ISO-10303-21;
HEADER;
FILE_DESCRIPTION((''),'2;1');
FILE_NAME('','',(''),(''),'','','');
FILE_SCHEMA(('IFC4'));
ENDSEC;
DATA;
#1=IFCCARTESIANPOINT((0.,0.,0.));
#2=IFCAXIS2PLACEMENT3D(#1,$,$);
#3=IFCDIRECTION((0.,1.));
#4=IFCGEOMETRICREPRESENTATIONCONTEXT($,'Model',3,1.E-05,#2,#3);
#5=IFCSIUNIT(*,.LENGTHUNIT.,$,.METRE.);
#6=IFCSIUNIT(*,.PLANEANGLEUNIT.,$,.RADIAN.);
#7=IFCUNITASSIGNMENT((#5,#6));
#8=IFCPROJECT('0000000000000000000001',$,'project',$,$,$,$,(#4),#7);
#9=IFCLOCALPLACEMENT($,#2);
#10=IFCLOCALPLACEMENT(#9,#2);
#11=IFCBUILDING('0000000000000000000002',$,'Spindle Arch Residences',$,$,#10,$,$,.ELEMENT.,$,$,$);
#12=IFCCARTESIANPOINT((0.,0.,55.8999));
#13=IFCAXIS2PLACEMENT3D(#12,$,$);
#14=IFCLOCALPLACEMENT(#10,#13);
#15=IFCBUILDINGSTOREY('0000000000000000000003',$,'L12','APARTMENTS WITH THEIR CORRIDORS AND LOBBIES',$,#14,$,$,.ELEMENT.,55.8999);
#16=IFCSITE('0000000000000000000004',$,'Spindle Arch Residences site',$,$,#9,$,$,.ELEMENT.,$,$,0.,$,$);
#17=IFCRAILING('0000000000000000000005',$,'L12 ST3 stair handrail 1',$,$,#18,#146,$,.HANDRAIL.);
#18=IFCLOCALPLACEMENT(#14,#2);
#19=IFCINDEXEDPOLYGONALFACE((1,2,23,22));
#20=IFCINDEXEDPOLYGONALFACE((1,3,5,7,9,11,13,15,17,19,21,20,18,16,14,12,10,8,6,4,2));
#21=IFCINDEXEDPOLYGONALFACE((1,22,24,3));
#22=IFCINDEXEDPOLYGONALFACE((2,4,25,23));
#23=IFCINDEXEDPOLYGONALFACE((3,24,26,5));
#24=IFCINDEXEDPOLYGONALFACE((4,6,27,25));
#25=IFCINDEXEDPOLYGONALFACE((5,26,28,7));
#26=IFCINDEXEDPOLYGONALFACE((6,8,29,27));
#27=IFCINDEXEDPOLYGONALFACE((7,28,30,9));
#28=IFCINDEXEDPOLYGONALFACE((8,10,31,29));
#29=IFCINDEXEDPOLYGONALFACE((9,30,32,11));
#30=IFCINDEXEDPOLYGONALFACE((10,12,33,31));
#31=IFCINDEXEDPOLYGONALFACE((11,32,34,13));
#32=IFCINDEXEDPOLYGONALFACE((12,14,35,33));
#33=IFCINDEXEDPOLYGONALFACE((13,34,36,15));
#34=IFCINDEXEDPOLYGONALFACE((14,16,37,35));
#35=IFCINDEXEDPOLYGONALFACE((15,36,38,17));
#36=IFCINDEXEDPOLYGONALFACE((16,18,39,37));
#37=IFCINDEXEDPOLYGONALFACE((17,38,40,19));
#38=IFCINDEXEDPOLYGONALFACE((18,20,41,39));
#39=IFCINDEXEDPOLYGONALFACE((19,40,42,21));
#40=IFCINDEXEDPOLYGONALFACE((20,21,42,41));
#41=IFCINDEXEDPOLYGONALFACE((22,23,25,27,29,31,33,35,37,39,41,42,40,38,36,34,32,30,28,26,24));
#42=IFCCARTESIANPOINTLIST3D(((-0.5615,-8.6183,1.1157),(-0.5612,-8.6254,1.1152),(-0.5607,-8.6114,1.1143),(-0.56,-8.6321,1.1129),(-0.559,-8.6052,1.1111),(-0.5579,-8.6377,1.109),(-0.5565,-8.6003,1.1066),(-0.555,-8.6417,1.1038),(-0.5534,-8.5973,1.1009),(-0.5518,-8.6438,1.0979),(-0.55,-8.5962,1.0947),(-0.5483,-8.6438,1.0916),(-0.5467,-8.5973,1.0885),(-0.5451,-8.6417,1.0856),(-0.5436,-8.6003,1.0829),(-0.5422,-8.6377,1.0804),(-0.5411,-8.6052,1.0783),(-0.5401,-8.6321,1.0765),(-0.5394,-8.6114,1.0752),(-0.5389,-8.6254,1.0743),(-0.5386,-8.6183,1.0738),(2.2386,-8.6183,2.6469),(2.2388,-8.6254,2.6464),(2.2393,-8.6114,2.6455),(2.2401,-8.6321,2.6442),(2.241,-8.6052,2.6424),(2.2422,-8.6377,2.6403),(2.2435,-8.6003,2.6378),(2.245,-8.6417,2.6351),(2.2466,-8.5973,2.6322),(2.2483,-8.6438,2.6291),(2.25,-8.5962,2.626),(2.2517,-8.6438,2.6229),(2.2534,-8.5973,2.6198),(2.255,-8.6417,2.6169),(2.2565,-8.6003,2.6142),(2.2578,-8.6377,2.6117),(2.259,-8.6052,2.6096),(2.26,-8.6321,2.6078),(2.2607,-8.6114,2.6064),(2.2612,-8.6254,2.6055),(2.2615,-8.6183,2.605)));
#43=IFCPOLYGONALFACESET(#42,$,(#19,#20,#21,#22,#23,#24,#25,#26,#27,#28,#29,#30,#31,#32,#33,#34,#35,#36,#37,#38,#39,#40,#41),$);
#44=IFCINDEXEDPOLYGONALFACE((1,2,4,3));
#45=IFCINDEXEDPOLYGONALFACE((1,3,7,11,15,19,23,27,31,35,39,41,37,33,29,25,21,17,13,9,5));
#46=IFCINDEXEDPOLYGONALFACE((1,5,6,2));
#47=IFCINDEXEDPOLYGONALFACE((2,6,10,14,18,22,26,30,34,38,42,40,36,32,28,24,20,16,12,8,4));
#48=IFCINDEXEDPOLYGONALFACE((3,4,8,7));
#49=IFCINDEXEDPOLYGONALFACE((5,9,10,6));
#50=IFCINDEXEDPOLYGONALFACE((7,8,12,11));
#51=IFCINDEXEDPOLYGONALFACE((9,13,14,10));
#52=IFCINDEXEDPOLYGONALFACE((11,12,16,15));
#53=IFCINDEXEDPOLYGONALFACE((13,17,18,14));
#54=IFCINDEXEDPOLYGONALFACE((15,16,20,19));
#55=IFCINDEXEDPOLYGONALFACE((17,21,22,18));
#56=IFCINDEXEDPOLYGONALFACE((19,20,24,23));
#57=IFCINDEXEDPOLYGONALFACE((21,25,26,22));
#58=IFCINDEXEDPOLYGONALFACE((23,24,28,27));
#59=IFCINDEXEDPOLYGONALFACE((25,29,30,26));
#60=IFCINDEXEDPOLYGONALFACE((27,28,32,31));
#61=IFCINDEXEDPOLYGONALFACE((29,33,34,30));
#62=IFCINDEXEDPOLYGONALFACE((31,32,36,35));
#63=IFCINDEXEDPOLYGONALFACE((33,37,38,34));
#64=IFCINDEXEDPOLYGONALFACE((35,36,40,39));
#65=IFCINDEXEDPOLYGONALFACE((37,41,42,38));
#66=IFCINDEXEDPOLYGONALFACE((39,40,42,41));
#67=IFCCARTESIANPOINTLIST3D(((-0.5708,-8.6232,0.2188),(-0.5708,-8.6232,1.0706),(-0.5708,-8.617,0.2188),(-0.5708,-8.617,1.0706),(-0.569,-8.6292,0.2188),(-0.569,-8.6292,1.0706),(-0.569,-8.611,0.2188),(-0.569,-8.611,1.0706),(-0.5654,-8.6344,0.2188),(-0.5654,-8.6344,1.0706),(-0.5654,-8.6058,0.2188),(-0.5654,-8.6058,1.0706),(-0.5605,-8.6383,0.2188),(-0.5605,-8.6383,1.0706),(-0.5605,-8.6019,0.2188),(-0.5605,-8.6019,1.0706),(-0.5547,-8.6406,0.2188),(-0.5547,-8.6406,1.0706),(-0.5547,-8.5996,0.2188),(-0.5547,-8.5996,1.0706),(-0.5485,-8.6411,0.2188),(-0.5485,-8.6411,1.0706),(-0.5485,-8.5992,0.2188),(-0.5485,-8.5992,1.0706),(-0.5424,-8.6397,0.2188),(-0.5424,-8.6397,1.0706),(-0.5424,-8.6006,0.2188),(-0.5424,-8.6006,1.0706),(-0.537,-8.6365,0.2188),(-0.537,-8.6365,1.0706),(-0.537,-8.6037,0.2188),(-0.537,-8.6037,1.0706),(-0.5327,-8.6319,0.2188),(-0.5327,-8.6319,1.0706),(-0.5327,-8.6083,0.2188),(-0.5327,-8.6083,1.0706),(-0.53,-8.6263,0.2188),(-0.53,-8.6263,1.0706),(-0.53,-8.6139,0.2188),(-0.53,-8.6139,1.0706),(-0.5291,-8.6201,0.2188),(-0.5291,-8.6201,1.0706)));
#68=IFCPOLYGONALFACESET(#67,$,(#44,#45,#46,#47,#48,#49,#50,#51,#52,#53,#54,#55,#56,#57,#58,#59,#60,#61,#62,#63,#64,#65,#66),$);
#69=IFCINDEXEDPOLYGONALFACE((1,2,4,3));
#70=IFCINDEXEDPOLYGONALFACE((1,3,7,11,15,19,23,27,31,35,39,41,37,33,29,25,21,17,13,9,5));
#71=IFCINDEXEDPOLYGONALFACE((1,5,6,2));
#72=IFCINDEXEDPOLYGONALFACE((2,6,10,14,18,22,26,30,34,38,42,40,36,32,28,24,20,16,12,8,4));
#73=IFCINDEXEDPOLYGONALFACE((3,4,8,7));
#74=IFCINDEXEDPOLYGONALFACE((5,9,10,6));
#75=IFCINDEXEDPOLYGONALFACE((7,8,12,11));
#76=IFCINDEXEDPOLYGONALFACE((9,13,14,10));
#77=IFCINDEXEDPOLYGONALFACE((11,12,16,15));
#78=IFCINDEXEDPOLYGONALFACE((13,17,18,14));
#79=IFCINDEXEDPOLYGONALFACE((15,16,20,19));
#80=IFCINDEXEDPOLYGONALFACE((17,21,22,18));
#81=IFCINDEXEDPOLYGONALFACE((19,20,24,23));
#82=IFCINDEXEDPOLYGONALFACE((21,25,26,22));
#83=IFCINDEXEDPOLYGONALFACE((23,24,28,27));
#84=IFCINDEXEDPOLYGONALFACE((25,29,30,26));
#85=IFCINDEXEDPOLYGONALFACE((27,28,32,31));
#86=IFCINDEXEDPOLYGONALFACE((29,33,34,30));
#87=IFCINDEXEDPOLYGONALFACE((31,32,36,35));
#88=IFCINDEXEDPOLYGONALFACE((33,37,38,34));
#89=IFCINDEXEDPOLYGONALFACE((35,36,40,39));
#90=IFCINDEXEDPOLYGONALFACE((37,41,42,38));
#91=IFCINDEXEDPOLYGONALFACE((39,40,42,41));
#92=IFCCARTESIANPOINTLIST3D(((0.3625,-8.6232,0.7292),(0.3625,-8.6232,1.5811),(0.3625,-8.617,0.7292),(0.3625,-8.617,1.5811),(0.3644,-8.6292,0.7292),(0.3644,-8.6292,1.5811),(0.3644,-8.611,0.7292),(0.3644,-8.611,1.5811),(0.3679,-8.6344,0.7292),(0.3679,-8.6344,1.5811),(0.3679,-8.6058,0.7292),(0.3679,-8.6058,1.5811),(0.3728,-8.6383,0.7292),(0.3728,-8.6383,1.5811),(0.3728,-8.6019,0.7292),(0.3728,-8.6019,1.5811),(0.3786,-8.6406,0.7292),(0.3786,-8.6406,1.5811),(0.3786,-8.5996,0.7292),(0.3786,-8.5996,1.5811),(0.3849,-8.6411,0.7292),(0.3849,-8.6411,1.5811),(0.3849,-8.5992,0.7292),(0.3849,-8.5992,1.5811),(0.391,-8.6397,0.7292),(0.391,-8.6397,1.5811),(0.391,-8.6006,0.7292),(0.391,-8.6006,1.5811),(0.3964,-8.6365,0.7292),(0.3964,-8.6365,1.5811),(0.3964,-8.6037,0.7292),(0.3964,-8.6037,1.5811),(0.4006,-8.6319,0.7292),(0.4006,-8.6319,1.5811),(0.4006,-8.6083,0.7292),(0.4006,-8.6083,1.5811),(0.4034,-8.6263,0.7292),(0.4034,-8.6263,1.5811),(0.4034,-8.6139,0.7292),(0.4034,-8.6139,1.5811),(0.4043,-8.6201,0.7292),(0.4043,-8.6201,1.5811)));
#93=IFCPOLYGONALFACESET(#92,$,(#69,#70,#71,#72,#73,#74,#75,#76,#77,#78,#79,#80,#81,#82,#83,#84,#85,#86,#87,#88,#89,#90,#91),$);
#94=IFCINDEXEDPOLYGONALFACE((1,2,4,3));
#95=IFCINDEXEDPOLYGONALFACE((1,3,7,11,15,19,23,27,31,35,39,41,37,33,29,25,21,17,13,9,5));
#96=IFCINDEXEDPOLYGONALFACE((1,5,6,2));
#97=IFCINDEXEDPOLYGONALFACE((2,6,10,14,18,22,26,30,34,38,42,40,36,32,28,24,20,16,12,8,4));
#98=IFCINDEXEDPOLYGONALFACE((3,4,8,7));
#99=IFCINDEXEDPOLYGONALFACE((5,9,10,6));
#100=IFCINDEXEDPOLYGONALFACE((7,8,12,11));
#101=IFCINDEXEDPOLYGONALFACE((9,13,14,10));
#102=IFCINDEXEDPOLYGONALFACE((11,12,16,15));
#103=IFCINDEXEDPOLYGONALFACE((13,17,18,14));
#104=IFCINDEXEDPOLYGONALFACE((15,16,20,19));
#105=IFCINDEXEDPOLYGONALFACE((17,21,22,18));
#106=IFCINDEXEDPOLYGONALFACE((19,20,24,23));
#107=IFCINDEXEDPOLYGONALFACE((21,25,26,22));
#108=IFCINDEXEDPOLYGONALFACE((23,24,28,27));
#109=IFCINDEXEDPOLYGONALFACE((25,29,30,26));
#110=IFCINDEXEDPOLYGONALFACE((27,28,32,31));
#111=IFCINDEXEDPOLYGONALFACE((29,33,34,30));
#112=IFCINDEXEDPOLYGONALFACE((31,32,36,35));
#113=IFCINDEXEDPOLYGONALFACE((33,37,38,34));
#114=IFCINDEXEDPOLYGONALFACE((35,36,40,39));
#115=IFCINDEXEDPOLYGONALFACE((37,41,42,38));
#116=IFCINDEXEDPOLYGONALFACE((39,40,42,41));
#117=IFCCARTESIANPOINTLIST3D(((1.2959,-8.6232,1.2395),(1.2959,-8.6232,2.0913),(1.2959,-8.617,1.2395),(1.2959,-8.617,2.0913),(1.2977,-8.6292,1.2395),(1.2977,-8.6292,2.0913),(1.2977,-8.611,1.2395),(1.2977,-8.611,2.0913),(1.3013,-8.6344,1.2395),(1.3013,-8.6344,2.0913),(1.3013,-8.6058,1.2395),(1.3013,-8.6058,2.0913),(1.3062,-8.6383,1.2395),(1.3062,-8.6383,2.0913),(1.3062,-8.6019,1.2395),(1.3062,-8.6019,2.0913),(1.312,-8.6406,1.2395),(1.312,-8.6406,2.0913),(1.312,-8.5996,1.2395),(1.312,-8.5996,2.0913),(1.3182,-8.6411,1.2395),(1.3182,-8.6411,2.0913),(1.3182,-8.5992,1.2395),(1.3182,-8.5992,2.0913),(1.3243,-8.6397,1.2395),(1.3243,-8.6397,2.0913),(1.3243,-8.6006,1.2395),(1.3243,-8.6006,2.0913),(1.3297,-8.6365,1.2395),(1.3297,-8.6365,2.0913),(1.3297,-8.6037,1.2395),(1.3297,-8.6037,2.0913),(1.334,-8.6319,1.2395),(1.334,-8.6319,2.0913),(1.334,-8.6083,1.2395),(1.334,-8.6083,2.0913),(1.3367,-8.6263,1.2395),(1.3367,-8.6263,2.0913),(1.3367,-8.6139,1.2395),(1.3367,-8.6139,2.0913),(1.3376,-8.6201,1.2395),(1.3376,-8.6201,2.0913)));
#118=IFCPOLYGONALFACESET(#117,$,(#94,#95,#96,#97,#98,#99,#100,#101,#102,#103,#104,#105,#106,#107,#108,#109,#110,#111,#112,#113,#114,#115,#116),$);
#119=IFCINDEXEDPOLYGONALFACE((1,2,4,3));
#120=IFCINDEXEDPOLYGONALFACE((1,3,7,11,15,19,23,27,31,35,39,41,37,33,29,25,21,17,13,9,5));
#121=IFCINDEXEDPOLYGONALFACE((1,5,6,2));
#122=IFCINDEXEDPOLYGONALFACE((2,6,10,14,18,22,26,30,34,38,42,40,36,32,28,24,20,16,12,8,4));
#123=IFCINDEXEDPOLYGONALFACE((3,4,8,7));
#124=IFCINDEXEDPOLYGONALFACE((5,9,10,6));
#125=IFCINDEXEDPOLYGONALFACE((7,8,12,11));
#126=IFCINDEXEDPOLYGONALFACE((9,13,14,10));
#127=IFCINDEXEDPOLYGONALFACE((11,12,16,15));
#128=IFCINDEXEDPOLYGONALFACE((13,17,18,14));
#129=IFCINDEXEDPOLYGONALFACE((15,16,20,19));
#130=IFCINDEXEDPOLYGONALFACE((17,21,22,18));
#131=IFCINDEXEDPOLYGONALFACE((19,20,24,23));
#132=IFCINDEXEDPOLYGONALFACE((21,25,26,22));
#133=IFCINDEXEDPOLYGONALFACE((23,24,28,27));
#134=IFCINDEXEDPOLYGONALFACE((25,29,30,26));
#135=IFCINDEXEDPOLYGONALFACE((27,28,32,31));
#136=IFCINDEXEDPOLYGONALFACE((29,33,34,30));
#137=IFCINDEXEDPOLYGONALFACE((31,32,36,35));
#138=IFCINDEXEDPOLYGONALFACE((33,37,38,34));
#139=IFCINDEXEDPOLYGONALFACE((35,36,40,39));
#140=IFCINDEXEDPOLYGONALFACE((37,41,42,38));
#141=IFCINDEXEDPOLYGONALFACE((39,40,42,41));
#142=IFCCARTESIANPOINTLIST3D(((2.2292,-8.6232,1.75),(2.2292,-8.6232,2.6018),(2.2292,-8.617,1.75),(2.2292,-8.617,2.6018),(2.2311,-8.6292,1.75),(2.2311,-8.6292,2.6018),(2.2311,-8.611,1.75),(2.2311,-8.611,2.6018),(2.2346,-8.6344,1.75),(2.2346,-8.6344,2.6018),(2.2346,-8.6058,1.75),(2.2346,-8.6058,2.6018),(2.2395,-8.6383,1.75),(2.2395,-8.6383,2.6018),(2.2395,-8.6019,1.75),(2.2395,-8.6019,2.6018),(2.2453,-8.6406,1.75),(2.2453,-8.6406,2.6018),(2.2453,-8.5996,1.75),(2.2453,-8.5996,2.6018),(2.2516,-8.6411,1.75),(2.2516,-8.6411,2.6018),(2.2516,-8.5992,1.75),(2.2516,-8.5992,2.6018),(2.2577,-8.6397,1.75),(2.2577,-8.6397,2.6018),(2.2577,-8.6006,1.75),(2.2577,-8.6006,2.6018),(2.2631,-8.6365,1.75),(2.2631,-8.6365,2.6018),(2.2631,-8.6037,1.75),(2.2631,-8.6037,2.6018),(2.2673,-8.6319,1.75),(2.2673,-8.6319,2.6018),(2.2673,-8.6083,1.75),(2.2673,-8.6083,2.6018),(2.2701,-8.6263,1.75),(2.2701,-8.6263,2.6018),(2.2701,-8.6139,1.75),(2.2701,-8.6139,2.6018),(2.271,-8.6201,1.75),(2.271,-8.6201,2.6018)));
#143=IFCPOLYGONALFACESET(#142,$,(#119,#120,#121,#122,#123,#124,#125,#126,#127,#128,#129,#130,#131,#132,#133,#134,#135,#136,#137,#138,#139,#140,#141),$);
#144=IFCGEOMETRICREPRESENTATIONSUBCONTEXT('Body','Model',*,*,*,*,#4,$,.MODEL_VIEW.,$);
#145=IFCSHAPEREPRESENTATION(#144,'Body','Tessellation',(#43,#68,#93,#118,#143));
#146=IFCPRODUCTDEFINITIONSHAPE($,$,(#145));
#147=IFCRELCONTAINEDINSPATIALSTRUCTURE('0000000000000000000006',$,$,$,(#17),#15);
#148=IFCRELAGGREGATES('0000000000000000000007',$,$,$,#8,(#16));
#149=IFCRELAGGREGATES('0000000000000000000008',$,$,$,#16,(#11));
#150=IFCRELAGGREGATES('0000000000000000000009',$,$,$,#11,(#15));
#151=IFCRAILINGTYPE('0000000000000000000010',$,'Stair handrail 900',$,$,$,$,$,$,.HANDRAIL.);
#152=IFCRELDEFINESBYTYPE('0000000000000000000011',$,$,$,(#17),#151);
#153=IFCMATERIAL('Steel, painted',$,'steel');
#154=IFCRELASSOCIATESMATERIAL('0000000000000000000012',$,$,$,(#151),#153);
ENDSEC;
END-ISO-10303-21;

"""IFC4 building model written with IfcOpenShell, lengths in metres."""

from ifc_helpers import new_model, si_unit, direction, frame, origin, origin_2d, place, context, subcontext, project, spatial, circle, extrude, material, type_object, element, save


model = new_model("IFC4")

# Units and contexts
model_context = context("Model", 3, precision=1e-05, world=origin(), true_north=direction((0.0, 1.0)))
body_context = subcontext(model_context, "Body", "Model", "MODEL_VIEW")
ifc_project = project(units=[si_unit("LENGTHUNIT", "METRE"), si_unit("PLANEANGLEUNIT", "RADIAN")], contexts=[model_context])

# Site, building, storey
site_placement = place(None, origin())
site = spatial("IfcSite", under=ifc_project, at=site_placement, Name="Spindle Arch Residences site", CompositionType="ELEMENT", RefElevation=0.0)
building_placement = place(site_placement, origin())
building = spatial("IfcBuilding", under=site, at=building_placement, Name="Spindle Arch Residences", CompositionType="ELEMENT")
storey_placement = place(building_placement, frame((0.0, 0.0, 55.8999)))
storey = spatial("IfcBuildingStorey", under=building, at=storey_placement, Name="L12", Description="APARTMENTS WITH THEIR CORRIDORS AND LOBBIES", CompositionType="ELEMENT", Elevation=55.8999)

# Railing
ifc_material_1 = material(Name="Steel, painted", Category="steel")
railing_type_1 = type_object("IfcRailingType", Name="Stair handrail 900", PredefinedType="HANDRAIL", material=ifc_material_1)
railing_1_placement = place(storey_placement, frame((-0.55, -8.6201, 0.2188)))
element("IfcRailing", 1, at=railing_1_placement, inside=storey, type_object=railing_type_1, Name="L12 ST3 stair handrail 1", PredefinedType="HANDRAIL", context=body_context, shape_type="SweptSolid", body=[
    extrude(circle(Radius=0.0239, at=origin_2d()), frame((0.0, 0.0, 0.876), z_axis=(0.877375, 0.0, 0.479806), x_axis=(0.0, 1.0, 0.0)), (0.0, 0.0, 1.0), 3.1914),
    extrude(circle(Radius=0.021, at=origin_2d()), origin(), (0.0, 0.0, 1.0), 0.8518),
    extrude(circle(Radius=0.021, at=origin_2d()), frame((0.9333, 0.0, 0.5105)), (0.0, 0.0, 1.0), 0.8518),
    extrude(circle(Radius=0.021, at=origin_2d()), frame((1.8667, 0.0, 1.0208)), (0.0, 0.0, 1.0), 0.8518),
    extrude(circle(Radius=0.021, at=origin_2d()), frame((2.8, 0.0, 1.5312)), (0.0, 0.0, 1.0), 0.8518),
])

save(model, "model.ifc")
